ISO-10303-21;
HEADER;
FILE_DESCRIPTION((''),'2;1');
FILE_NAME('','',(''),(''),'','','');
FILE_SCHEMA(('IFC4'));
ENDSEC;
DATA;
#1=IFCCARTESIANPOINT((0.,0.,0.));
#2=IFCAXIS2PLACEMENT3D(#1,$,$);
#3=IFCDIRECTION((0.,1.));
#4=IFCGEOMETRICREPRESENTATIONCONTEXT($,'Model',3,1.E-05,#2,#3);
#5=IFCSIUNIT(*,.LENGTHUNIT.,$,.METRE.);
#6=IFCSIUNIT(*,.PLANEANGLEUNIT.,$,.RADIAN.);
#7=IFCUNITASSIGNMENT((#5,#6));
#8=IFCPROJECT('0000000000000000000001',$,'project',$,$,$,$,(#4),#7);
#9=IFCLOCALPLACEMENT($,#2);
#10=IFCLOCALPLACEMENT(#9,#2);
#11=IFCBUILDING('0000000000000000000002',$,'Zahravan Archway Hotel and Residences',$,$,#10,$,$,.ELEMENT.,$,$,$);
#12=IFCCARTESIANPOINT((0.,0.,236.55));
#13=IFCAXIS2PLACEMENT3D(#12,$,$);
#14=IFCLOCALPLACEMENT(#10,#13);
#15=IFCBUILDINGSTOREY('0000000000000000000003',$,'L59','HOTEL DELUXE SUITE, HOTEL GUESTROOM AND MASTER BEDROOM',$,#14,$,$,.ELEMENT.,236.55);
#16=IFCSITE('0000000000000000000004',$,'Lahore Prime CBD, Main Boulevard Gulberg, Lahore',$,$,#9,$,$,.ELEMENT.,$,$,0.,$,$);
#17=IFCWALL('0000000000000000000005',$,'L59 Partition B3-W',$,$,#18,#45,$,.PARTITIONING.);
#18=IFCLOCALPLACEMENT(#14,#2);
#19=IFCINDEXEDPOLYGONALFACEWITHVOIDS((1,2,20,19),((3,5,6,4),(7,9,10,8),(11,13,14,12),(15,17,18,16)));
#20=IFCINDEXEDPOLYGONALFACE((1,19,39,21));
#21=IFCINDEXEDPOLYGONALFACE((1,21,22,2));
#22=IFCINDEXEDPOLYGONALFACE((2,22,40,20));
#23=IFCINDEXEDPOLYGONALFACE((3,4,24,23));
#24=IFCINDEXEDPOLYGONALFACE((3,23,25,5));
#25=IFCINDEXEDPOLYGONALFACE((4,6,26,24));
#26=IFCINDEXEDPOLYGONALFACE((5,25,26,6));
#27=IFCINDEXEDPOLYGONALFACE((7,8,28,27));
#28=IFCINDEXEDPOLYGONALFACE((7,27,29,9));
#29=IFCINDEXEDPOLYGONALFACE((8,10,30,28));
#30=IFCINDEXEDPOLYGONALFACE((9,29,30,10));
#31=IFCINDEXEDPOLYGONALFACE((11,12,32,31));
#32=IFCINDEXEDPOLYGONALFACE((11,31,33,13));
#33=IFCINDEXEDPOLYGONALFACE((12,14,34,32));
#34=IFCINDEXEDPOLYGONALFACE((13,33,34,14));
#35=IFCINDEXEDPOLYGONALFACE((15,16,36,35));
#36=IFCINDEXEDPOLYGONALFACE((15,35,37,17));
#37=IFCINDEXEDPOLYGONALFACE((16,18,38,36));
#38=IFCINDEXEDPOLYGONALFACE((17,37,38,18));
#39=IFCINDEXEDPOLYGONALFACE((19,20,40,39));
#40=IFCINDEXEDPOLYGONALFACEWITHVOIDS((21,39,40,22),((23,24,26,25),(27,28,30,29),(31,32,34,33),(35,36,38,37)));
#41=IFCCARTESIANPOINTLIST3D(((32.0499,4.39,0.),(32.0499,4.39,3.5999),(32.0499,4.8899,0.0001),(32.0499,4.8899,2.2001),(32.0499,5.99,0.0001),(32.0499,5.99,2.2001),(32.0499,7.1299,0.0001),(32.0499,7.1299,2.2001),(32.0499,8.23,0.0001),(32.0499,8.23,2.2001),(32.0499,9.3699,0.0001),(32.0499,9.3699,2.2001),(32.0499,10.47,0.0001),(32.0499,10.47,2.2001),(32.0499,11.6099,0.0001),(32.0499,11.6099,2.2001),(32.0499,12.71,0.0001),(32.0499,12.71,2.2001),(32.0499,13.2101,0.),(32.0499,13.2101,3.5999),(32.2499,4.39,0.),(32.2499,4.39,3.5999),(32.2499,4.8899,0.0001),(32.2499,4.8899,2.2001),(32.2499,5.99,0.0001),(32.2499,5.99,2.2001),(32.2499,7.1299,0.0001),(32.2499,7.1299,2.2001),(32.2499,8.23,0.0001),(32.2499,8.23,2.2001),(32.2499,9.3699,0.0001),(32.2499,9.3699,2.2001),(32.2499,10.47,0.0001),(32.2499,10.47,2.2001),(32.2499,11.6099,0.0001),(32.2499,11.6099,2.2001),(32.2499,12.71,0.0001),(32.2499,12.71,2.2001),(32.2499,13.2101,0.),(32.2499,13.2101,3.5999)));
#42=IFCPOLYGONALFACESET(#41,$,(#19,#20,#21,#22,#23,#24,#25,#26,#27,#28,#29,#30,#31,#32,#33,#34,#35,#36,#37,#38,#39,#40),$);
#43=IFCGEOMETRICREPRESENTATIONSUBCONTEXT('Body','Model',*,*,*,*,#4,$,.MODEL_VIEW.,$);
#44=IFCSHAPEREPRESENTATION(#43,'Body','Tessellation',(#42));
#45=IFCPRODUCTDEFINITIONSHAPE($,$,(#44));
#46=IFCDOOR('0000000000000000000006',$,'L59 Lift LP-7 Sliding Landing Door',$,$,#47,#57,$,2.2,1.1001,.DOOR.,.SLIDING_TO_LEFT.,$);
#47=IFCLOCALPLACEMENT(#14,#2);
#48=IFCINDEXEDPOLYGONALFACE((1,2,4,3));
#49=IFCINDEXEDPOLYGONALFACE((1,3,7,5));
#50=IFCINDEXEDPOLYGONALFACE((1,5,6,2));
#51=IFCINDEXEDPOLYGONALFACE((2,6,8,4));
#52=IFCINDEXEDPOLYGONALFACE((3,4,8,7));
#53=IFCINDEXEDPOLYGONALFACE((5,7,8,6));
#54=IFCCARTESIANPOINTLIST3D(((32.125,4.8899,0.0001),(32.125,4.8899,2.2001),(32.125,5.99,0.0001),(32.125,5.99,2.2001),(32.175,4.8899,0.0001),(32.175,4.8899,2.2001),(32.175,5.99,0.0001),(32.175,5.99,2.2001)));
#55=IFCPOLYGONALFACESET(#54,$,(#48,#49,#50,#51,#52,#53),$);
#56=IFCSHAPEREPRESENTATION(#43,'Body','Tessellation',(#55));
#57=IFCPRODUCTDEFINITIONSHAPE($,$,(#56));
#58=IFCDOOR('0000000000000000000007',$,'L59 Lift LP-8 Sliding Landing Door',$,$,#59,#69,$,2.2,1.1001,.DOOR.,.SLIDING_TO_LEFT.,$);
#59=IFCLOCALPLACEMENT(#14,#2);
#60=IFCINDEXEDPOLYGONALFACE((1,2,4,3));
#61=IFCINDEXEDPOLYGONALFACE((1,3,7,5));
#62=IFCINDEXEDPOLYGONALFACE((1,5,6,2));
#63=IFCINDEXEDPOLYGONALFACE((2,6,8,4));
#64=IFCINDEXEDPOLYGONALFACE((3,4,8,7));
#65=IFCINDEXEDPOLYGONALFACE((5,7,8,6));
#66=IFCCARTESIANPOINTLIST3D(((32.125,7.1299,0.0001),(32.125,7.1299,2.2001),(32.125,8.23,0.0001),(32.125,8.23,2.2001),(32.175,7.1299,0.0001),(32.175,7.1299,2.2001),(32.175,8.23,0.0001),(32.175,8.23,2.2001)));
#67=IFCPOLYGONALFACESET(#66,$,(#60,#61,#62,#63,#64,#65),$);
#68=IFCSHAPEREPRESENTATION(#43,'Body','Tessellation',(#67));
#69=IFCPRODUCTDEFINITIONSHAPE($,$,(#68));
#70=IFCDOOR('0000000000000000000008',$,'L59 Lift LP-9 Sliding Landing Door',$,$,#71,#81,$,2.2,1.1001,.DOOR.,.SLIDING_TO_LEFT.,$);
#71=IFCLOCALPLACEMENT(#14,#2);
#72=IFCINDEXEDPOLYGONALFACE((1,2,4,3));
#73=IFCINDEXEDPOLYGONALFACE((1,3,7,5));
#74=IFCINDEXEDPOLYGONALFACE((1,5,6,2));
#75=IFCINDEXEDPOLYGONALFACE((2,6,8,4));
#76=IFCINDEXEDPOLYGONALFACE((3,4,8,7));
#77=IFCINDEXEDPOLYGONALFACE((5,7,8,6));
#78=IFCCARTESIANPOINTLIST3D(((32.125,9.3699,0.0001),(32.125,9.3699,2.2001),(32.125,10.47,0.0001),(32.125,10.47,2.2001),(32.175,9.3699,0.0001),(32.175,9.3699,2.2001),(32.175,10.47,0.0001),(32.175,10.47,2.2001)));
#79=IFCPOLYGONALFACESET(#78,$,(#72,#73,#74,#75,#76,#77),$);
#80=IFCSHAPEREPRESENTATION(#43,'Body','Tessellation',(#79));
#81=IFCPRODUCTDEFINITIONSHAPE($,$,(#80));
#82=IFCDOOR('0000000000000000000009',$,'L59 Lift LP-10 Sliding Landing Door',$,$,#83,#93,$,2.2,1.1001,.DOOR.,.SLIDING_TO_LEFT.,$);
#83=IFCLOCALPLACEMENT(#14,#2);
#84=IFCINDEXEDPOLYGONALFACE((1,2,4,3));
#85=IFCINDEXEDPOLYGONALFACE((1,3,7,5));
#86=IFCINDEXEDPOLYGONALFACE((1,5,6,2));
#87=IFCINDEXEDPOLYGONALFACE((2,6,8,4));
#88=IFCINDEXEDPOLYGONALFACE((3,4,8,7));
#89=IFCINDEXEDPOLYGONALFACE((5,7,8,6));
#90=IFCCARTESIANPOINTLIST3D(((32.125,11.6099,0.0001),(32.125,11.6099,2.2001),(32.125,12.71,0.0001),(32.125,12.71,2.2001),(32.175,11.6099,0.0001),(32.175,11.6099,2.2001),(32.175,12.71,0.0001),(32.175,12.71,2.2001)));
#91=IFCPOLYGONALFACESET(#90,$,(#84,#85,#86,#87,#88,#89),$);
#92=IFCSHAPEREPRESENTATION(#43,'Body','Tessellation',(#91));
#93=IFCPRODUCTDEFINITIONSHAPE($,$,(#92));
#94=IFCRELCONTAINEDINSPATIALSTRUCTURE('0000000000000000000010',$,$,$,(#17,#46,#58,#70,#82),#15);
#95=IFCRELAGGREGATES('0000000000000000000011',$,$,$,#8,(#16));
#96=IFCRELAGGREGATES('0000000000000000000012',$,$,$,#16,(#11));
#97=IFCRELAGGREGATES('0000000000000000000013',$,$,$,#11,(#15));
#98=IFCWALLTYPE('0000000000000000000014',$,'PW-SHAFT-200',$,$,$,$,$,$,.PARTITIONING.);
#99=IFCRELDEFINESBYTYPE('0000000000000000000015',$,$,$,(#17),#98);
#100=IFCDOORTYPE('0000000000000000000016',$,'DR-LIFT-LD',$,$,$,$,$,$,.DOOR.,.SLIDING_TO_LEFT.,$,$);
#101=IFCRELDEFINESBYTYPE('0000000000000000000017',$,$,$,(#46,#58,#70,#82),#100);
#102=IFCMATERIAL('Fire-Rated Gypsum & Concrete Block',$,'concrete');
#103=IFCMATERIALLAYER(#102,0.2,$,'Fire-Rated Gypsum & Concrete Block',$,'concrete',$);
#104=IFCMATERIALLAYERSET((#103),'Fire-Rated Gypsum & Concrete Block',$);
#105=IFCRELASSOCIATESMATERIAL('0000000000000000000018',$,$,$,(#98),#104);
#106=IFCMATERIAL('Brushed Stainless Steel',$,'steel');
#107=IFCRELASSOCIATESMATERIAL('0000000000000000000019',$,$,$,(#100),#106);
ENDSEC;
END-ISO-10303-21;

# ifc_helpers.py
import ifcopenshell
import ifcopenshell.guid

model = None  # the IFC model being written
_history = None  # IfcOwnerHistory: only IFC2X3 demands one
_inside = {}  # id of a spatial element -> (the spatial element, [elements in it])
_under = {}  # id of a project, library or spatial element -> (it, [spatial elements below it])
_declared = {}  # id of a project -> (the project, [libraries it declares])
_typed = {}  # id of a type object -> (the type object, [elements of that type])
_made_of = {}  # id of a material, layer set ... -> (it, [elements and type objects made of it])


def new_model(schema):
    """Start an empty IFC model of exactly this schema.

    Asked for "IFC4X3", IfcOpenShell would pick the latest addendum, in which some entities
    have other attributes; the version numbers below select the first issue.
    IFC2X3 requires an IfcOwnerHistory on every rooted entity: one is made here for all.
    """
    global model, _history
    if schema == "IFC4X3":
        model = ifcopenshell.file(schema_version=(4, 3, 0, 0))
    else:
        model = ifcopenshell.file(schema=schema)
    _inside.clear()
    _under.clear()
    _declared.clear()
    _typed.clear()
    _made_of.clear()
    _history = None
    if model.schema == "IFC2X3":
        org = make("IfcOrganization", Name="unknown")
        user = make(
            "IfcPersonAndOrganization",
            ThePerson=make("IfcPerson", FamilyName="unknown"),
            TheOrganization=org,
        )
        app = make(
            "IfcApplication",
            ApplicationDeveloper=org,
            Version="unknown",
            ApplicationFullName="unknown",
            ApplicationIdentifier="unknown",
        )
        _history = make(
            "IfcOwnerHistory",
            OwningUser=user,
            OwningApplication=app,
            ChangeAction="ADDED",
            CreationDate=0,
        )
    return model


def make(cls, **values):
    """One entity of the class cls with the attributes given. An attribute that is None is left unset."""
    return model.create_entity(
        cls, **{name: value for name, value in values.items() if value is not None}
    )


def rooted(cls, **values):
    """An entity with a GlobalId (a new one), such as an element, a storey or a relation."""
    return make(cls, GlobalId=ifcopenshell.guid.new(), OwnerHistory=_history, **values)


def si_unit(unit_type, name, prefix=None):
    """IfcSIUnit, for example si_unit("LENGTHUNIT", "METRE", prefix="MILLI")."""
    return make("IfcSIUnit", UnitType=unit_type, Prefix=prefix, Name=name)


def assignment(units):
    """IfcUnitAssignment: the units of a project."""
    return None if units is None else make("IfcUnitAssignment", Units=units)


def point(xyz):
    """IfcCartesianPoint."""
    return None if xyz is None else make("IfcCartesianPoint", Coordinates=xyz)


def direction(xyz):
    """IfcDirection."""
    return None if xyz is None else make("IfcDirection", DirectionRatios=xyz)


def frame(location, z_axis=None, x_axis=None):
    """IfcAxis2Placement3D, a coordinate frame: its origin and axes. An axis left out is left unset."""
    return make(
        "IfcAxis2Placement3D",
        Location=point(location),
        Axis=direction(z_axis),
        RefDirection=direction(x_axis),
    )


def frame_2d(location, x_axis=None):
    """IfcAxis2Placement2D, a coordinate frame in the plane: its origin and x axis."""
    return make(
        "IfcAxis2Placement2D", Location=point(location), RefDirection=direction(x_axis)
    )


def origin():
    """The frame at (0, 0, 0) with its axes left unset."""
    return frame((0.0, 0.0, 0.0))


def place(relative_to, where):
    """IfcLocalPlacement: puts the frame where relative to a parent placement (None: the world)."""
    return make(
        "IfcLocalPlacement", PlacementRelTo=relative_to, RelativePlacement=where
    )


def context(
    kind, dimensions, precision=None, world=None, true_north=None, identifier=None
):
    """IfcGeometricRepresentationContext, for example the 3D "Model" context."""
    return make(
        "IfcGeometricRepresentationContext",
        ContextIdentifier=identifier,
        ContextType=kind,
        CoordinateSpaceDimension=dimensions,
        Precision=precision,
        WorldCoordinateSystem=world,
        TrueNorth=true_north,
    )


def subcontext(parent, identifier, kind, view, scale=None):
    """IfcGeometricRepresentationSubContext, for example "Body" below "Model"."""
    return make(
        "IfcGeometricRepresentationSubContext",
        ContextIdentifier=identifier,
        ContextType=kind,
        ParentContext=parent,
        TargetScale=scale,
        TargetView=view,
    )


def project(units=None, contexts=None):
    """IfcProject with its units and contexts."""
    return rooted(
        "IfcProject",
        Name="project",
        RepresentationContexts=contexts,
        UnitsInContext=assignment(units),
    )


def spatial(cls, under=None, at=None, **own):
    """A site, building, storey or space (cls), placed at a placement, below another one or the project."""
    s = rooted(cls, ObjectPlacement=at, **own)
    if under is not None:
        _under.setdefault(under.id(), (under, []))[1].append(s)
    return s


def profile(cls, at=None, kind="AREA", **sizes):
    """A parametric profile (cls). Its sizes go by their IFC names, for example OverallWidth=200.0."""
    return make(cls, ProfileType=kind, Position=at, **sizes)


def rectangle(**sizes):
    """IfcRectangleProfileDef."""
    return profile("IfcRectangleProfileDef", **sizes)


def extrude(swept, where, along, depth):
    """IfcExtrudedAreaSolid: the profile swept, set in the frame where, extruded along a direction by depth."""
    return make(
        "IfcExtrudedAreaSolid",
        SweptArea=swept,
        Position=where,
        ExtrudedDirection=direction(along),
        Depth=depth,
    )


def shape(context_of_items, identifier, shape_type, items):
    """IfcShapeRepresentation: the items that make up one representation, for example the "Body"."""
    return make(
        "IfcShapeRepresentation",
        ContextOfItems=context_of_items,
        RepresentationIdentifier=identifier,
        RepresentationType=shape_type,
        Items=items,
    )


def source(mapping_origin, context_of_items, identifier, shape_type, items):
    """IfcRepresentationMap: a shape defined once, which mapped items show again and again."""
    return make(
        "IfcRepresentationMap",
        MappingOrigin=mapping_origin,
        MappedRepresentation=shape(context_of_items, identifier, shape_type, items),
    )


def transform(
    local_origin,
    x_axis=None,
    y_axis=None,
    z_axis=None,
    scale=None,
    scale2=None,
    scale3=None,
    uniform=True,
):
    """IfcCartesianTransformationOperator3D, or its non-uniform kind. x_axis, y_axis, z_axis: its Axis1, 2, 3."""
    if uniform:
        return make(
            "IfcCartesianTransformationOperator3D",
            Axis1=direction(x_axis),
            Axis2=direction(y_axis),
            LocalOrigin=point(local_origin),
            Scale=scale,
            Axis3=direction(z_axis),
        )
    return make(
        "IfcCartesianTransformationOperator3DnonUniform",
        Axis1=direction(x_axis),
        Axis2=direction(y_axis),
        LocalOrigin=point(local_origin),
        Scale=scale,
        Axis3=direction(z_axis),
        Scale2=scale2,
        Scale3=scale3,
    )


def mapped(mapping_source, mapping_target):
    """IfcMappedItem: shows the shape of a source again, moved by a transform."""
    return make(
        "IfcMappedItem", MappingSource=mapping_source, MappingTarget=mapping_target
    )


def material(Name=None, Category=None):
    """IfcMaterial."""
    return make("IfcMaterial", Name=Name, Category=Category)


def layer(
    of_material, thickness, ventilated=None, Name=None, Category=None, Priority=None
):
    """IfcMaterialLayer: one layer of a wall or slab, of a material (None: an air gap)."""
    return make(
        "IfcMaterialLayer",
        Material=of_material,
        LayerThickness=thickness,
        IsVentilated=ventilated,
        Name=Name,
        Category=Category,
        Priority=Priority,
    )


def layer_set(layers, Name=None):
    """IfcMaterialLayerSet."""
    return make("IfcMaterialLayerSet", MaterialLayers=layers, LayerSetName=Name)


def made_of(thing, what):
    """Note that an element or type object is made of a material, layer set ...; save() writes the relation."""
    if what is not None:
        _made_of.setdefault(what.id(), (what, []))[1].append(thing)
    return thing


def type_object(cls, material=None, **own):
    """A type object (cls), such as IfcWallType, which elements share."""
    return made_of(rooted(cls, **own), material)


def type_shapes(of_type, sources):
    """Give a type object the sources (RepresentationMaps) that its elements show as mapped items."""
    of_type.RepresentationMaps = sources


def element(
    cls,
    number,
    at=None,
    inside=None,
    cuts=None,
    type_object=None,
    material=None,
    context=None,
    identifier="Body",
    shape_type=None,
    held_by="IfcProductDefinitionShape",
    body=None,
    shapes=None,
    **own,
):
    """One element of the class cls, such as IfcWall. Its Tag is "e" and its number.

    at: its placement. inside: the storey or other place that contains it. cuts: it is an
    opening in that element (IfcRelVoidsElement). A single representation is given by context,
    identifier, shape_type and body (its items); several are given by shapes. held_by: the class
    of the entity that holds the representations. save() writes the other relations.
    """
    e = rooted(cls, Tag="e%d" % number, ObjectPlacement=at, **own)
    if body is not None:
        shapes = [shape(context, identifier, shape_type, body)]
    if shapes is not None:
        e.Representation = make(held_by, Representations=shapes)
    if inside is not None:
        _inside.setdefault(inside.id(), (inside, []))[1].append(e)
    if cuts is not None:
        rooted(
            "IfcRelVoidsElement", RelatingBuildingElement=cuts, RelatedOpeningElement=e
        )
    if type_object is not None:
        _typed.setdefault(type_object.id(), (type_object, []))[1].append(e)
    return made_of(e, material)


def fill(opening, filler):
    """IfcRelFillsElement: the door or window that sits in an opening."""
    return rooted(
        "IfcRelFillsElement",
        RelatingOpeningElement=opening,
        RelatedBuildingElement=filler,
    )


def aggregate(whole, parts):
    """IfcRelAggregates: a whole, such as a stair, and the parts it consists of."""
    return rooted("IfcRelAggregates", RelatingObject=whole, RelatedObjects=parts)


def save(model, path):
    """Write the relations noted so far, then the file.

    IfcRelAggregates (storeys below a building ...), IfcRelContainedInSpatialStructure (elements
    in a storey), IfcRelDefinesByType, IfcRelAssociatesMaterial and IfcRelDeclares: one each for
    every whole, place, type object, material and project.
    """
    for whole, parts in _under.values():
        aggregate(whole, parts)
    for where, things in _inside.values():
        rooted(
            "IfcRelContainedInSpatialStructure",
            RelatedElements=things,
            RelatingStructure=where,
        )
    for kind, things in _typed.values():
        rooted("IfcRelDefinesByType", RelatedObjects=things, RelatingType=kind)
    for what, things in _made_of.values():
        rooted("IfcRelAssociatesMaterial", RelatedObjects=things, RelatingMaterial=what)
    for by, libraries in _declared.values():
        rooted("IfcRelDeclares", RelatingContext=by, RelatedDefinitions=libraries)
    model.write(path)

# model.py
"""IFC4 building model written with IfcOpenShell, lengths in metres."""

from ifc_helpers import new_model, si_unit, direction, frame, frame_2d, origin, place, context, subcontext, project, spatial, rectangle, extrude, source, transform, mapped, material, layer, layer_set, type_object, type_shapes, element, fill, save


model = new_model("IFC4")

# Units and contexts
model_context = context("Model", 3, precision=1e-05, world=origin(), true_north=direction((0.0, 1.0)))
body_context = subcontext(model_context, "Body", "Model", "MODEL_VIEW")
ifc_project = project(units=[si_unit("LENGTHUNIT", "METRE"), si_unit("PLANEANGLEUNIT", "RADIAN")], contexts=[model_context])

# Site, building, storey
site_placement = place(None, origin())
site = spatial("IfcSite", under=ifc_project, at=site_placement, Name="Lahore Prime CBD, Main Boulevard Gulberg, Lahore", CompositionType="ELEMENT", RefElevation=0.0)
building_placement = place(site_placement, origin())
building = spatial("IfcBuilding", under=site, at=building_placement, Name="Zahravan Archway Hotel and Residences", CompositionType="ELEMENT")
storey_placement = place(building_placement, frame((0.0, 0.0, 236.55)))
storey = spatial("IfcBuildingStorey", under=building, at=storey_placement, Name="L59", Description="HOTEL DELUXE SUITE, HOTEL GUESTROOM AND MASTER BEDROOM", CompositionType="ELEMENT", Elevation=236.55)

# Shared definitions
ifc_material_1 = material(Name="Fire-Rated Gypsum & Concrete Block", Category="concrete")

# Wall, openings, doors
ifc_layer_1 = layer(ifc_material_1, 0.2, Name="Fire-Rated Gypsum & Concrete Block", Category="concrete")
ifc_layer_set_1 = layer_set([ifc_layer_1], Name="Fire-Rated Gypsum & Concrete Block")
wall_type_1 = type_object("IfcWallType", Name="PW-SHAFT-200", PredefinedType="PARTITIONING", material=ifc_layer_set_1)
wall_1_placement = place(storey_placement, frame((32.1499, 4.3899, 0.0), z_axis=(0.0, 0.0, 1.0), x_axis=(0.0, 1.0, 0.0)))
wall_1 = element("IfcWall", 1, at=wall_1_placement, inside=storey, type_object=wall_type_1, Name="L59 Partition B3-W", PredefinedType="PARTITIONING", context=body_context, shape_type="SweptSolid", body=[
    extrude(rectangle(XDim=8.8201, YDim=0.2, at=frame_2d((4.4102, 0.0))), origin(), (0.0, 0.0, 1.0), 3.5999),
])
opening_1_placement = place(wall_1_placement, frame((0.5, 0.0, 0.0)))
opening_1 = element("IfcOpeningElement", 2, at=opening_1_placement, cuts=wall_1, PredefinedType="OPENING", context=body_context, shape_type="SweptSolid", body=[
    extrude(rectangle(XDim=1.1001, YDim=2.2, at=frame_2d((0.55, 1.1001))), frame((0.0, 0.1099, 0.0), z_axis=(0.0, -1.0, 0.0), x_axis=(1.0, 0.0, 0.0)), (0.0, 0.0, 1.0), 0.22),
])
opening_2_placement = place(wall_1_placement, frame((2.74, 0.0, 0.0)))
opening_2 = element("IfcOpeningElement", 3, at=opening_2_placement, cuts=wall_1, PredefinedType="OPENING", context=body_context, shape_type="SweptSolid", body=[
    extrude(rectangle(XDim=1.1001, YDim=2.2, at=frame_2d((0.55, 1.1001))), frame((0.0, 0.1099, 0.0), z_axis=(0.0, -1.0, 0.0), x_axis=(1.0, 0.0, 0.0)), (0.0, 0.0, 1.0), 0.22),
])
opening_3_placement = place(wall_1_placement, frame((4.98, 0.0, 0.0)))
opening_3 = element("IfcOpeningElement", 4, at=opening_3_placement, cuts=wall_1, PredefinedType="OPENING", context=body_context, shape_type="SweptSolid", body=[
    extrude(rectangle(XDim=1.1001, YDim=2.2, at=frame_2d((0.55, 1.1001))), frame((0.0, 0.1099, 0.0), z_axis=(0.0, -1.0, 0.0), x_axis=(1.0, 0.0, 0.0)), (0.0, 0.0, 1.0), 0.22),
])
opening_4_placement = place(wall_1_placement, frame((7.22, 0.0, 0.0)))
opening_4 = element("IfcOpeningElement", 5, at=opening_4_placement, cuts=wall_1, PredefinedType="OPENING", context=body_context, shape_type="SweptSolid", body=[
    extrude(rectangle(XDim=1.1001, YDim=2.2, at=frame_2d((0.55, 1.1001))), frame((0.0, 0.1099, 0.0), z_axis=(0.0, -1.0, 0.0), x_axis=(1.0, 0.0, 0.0)), (0.0, 0.0, 1.0), 0.22),
])
ifc_material_2 = material(Name="Brushed Stainless Steel", Category="steel")
door_type_1 = type_object("IfcDoorType", Name="DR-LIFT-LD", OperationType="SLIDING_TO_LEFT", PredefinedType="DOOR", material=ifc_material_2)
shared_shape_1 = source(origin(), body_context, "Body", "SweptSolid", [
    extrude(rectangle(XDim=1.1001, YDim=2.2, at=frame_2d((0.55, 1.1001))), frame((0.0, 0.0249, 0.0), z_axis=(0.0, -1.0, 0.0), x_axis=(1.0, 0.0, 0.0)), (0.0, 0.0, 1.0), 0.05),
])
type_shapes(door_type_1, [shared_shape_1])
door_1_placement = place(opening_1_placement, origin())
door_1 = element("IfcDoor", 6, at=door_1_placement, inside=storey, type_object=door_type_1, Name="L59 Lift LP-7 Sliding Landing Door", OperationType="SLIDING_TO_LEFT", OverallHeight=2.2, OverallWidth=1.1001, PredefinedType="DOOR", context=body_context, shape_type="MappedRepresentation", body=[
    mapped(shared_shape_1, transform((0.0, 0.0, 0.0), scale=1.0)),
])
fill(opening_1, door_1)
door_2_placement = place(opening_2_placement, origin())
door_2 = element("IfcDoor", 7, at=door_2_placement, inside=storey, type_object=door_type_1, Name="L59 Lift LP-8 Sliding Landing Door", OperationType="SLIDING_TO_LEFT", OverallHeight=2.2, OverallWidth=1.1001, PredefinedType="DOOR", context=body_context, shape_type="MappedRepresentation", body=[
    mapped(shared_shape_1, transform((0.0, 0.0, 0.0), scale=1.0)),
])
fill(opening_2, door_2)
door_3_placement = place(opening_3_placement, origin())
door_3 = element("IfcDoor", 8, at=door_3_placement, inside=storey, type_object=door_type_1, Name="L59 Lift LP-9 Sliding Landing Door", OperationType="SLIDING_TO_LEFT", OverallHeight=2.2, OverallWidth=1.1001, PredefinedType="DOOR", context=body_context, shape_type="MappedRepresentation", body=[
    mapped(shared_shape_1, transform((0.0, 0.0, 0.0), scale=1.0)),
])
fill(opening_3, door_3)
door_4_placement = place(opening_4_placement, origin())
door_4 = element("IfcDoor", 9, at=door_4_placement, inside=storey, type_object=door_type_1, Name="L59 Lift LP-10 Sliding Landing Door", OperationType="SLIDING_TO_LEFT", OverallHeight=2.2, OverallWidth=1.1001, PredefinedType="DOOR", context=body_context, shape_type="MappedRepresentation", body=[
    mapped(shared_shape_1, transform((0.0, 0.0, 0.0), scale=1.0)),
])
fill(opening_4, door_4)

save(model, "model.ifc")
